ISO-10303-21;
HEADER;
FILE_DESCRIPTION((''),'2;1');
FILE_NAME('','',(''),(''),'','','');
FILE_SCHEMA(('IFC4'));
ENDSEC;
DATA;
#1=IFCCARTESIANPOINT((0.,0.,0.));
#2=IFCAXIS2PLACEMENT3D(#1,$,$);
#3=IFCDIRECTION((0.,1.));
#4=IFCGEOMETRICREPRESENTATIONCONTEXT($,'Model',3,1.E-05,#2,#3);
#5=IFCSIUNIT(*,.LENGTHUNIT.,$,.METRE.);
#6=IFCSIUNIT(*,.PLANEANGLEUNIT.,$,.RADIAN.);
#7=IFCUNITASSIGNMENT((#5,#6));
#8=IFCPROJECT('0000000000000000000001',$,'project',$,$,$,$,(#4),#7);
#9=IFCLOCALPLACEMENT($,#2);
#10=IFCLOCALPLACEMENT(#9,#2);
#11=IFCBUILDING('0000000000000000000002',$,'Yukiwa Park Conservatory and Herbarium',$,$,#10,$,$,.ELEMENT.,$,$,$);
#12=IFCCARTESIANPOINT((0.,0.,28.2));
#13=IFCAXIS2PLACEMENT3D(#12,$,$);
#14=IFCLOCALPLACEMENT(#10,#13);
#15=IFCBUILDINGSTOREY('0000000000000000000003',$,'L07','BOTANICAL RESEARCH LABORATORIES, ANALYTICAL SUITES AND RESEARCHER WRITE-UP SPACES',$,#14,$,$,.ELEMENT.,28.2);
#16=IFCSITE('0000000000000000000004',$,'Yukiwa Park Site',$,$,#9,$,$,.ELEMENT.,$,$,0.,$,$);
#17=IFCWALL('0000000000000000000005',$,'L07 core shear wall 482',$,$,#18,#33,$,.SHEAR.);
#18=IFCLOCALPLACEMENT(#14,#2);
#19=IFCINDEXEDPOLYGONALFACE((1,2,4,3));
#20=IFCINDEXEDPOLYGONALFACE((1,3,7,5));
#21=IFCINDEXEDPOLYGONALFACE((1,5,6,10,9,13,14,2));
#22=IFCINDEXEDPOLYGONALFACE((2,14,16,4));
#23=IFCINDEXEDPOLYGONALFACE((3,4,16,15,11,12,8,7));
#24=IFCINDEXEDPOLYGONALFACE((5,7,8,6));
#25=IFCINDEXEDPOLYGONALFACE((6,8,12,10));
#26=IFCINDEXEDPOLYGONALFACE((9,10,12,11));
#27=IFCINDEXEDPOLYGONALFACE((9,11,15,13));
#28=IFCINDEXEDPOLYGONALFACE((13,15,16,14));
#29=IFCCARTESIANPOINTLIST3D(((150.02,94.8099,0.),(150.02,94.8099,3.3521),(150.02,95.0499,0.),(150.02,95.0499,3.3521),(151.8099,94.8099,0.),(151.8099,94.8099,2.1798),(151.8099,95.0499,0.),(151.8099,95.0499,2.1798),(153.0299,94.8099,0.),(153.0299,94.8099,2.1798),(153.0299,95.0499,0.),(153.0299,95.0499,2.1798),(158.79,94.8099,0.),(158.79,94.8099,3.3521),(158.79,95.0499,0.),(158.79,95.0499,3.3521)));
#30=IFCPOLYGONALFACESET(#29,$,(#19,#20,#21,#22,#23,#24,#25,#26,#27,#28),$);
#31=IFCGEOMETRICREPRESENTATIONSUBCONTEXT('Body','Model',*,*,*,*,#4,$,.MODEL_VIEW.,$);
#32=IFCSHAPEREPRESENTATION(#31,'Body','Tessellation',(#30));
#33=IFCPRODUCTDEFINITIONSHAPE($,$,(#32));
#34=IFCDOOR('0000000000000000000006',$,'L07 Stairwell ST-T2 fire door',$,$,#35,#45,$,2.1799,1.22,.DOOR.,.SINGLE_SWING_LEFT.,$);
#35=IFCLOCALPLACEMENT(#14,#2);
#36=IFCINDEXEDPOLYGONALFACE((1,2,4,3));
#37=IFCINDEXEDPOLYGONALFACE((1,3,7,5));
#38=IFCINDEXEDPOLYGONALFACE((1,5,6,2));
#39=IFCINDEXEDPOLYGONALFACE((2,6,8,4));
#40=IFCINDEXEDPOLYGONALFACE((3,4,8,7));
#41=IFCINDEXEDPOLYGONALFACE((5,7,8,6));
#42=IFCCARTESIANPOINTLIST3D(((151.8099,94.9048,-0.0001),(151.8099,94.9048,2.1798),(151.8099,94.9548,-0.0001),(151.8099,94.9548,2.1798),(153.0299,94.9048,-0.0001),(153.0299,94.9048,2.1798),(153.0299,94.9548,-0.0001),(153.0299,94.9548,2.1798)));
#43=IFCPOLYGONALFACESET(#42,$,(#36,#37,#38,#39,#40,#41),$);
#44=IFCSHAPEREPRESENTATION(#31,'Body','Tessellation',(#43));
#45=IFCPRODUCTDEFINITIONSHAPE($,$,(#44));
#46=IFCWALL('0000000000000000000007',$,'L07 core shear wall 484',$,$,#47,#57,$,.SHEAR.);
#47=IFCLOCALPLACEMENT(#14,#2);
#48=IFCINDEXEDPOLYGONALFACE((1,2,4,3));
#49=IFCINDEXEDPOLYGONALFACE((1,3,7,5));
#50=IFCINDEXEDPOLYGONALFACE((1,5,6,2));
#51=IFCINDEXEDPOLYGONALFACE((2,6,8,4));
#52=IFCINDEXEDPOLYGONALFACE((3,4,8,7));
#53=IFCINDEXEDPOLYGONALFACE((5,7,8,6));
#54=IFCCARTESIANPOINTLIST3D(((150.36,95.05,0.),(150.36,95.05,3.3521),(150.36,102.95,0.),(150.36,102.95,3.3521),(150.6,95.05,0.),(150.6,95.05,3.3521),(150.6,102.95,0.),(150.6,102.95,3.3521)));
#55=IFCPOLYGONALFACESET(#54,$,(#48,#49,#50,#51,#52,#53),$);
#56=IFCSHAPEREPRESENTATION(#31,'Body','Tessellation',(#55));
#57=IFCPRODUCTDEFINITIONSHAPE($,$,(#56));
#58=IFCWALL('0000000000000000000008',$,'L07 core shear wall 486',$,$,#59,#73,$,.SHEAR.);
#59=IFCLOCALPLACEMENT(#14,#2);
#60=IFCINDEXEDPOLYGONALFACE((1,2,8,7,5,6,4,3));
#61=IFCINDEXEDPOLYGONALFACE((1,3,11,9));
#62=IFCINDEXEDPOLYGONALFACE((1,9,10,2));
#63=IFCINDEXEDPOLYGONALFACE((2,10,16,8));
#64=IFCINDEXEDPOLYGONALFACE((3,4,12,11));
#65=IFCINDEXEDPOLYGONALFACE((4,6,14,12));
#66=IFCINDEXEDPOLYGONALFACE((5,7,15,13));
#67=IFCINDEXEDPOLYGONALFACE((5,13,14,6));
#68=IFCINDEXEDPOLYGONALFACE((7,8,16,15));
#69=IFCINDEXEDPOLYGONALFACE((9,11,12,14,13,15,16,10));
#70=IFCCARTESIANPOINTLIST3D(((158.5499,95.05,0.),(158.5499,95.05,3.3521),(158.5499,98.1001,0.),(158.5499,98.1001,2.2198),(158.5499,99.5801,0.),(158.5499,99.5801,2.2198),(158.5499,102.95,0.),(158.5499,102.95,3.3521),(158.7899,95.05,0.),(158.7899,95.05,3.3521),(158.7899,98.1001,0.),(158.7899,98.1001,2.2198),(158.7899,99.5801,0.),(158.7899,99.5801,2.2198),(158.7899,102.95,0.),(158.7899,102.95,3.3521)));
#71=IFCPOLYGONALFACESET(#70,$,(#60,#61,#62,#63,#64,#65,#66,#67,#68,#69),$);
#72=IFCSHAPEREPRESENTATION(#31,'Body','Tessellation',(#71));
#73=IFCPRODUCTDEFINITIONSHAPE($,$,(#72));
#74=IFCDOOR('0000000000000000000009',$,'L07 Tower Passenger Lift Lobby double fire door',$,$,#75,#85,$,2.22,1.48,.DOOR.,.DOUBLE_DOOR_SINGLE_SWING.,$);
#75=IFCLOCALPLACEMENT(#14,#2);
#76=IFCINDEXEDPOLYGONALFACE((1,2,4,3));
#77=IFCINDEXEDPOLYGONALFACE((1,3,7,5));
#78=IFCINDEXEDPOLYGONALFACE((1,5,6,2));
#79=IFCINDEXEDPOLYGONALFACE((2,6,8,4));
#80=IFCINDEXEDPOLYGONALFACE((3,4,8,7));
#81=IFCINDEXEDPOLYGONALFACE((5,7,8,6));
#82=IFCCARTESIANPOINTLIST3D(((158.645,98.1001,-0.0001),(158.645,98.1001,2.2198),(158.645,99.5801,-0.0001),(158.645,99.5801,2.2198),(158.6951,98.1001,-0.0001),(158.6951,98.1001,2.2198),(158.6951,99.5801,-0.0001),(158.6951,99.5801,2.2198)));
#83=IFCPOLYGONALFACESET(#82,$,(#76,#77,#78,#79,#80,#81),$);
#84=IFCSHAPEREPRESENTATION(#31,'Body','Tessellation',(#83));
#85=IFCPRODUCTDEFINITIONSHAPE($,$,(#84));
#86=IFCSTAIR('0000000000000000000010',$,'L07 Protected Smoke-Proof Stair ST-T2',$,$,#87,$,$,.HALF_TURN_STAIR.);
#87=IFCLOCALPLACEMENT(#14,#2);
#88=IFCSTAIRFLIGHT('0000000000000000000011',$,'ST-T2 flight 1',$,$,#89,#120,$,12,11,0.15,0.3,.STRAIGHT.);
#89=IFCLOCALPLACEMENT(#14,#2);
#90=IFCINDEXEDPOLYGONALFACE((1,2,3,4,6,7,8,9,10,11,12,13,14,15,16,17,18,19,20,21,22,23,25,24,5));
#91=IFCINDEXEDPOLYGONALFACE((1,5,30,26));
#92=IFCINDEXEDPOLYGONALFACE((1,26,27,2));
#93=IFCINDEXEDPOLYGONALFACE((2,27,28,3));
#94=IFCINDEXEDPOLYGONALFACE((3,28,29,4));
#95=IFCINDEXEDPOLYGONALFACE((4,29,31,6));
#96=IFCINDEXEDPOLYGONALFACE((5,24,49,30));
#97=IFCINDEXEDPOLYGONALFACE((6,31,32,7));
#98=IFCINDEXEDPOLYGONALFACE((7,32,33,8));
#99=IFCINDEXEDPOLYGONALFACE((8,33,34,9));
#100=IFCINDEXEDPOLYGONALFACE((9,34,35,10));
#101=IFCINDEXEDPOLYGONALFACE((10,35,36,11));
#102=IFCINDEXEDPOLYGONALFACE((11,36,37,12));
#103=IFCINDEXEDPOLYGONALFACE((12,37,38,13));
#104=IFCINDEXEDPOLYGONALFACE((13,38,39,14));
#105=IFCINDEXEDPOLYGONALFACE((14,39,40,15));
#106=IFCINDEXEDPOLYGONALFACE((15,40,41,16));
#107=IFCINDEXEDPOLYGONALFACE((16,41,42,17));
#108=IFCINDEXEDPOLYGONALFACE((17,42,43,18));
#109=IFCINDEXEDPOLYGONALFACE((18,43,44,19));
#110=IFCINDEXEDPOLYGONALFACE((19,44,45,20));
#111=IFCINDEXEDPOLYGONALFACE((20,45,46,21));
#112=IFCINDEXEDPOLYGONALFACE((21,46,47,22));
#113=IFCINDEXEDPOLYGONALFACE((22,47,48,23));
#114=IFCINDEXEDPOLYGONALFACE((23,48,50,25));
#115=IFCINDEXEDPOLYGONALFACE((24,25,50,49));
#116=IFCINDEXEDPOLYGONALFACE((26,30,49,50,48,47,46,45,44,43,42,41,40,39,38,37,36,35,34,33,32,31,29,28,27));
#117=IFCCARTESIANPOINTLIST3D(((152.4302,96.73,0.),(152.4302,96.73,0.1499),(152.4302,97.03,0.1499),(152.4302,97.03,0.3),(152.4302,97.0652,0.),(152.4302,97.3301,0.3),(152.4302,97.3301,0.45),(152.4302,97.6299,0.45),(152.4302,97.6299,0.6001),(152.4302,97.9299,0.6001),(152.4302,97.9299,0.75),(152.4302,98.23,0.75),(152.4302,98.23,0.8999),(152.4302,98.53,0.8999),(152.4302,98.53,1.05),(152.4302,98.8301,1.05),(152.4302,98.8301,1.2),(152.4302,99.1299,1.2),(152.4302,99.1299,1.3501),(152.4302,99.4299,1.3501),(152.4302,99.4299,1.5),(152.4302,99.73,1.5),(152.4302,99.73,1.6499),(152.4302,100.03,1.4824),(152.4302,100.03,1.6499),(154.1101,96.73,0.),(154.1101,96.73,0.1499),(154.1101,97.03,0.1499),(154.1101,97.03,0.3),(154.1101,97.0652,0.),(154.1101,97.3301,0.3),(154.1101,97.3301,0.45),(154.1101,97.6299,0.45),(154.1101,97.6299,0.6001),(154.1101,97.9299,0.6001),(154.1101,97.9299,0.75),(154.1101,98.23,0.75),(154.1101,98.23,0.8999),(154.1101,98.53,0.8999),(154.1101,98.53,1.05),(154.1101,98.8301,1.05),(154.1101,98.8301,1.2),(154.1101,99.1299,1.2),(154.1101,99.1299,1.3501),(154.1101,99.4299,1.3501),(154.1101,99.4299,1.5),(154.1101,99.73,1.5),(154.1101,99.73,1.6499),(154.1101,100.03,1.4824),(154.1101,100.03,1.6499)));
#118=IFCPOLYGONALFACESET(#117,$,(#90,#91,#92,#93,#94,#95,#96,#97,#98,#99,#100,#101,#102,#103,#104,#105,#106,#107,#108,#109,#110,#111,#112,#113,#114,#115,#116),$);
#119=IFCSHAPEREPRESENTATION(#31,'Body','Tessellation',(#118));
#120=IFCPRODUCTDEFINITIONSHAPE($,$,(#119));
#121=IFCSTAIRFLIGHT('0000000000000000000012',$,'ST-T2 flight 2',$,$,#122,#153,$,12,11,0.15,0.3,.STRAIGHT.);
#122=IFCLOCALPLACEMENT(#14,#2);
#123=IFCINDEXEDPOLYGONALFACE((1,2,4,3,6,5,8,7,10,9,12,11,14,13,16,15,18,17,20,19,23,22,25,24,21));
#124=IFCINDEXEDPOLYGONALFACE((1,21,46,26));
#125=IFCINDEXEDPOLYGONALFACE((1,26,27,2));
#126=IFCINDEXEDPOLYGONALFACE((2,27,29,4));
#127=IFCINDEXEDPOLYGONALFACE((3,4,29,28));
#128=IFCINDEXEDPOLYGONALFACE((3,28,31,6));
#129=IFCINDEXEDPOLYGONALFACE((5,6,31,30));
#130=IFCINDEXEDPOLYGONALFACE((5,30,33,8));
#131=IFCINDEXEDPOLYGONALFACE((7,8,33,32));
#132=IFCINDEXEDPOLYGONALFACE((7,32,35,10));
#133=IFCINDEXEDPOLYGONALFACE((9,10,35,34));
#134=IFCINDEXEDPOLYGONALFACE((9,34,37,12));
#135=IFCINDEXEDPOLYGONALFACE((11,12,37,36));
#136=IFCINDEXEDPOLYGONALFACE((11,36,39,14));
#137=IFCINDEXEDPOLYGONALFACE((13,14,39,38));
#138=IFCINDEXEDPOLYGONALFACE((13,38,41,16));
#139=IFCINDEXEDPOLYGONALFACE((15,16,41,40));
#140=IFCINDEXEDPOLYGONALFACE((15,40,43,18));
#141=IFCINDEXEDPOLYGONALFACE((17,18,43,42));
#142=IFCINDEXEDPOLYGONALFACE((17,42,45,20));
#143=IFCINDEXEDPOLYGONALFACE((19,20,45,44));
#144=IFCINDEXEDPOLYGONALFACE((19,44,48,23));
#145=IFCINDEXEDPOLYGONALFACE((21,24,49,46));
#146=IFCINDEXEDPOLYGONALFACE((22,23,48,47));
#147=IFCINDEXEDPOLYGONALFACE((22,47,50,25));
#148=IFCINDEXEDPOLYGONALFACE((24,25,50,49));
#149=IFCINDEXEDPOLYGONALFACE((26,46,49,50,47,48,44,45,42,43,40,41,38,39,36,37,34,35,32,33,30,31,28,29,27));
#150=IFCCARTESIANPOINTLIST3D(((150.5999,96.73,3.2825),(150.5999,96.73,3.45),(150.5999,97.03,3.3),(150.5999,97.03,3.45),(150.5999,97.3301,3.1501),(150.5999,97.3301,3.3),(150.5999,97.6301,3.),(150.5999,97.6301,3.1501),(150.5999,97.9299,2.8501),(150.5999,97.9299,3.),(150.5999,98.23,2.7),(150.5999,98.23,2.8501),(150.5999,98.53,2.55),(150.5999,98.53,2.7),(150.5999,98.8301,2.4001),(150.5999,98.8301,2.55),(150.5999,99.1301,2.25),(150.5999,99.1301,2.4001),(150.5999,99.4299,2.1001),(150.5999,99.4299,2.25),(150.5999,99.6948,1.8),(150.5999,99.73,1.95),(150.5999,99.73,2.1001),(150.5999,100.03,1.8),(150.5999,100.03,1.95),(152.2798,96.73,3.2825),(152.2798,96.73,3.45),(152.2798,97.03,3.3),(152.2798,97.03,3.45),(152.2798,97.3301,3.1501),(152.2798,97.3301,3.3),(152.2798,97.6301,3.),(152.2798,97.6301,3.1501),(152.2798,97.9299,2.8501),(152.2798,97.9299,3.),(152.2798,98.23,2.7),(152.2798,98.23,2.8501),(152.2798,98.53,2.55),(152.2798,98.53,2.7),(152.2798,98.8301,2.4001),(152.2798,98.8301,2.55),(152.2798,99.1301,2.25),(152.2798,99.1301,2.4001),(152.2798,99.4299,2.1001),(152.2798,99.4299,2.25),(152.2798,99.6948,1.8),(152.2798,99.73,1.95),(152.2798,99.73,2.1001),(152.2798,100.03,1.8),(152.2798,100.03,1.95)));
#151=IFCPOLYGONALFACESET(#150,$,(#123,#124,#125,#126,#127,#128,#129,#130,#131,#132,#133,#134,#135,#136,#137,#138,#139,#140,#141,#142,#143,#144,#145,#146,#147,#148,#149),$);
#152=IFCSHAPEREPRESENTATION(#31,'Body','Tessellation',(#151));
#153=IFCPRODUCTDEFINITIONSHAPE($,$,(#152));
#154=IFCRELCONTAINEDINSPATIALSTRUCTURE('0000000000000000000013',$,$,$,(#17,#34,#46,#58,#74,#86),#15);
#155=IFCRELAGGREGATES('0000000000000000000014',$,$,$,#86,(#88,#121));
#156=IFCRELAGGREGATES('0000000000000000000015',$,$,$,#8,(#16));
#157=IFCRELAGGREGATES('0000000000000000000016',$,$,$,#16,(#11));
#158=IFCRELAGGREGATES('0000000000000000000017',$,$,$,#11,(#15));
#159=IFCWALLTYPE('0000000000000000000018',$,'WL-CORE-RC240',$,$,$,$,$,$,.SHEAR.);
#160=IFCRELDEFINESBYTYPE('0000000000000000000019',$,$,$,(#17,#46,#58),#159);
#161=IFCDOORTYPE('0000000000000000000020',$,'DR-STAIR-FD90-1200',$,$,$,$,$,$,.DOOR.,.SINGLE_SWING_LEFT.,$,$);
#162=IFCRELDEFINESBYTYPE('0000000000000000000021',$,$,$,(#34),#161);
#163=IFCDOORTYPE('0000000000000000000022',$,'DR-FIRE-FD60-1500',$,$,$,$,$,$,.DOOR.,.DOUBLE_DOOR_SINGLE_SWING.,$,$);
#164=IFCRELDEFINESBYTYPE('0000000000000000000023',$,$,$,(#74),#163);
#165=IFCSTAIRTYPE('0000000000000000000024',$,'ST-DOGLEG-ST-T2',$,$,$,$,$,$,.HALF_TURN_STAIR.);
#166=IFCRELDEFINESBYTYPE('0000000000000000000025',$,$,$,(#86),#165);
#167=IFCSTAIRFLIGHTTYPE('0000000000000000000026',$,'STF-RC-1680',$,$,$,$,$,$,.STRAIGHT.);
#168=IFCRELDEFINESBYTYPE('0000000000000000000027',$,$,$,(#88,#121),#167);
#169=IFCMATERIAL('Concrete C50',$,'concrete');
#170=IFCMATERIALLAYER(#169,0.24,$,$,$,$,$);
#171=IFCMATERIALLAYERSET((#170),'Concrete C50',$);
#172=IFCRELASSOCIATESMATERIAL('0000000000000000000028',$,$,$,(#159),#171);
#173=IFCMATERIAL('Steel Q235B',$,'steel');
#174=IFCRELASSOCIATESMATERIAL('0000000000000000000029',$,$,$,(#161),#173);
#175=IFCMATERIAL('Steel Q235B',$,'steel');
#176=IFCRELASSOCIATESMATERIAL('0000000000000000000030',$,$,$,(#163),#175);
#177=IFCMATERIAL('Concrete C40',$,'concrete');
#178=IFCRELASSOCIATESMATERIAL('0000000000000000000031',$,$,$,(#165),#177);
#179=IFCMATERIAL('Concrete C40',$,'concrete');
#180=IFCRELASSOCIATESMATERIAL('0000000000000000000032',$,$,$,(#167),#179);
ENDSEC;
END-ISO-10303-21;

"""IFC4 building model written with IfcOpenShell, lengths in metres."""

from ifc_helpers import new_model, si_unit, direction, frame, frame_2d, origin, place, context, subcontext, project, spatial, polyline, rectangle, outline, extrude, material, layer, layer_set, type_object, element, fill, aggregate, save


model = new_model("IFC4")

# Units and contexts
model_context = context("Model", 3, precision=1e-05, world=origin(), true_north=direction((0.0, 1.0)))
body_context = subcontext(model_context, "Body", "Model", "MODEL_VIEW")
ifc_project = project(units=[si_unit("LENGTHUNIT", "METRE"), si_unit("PLANEANGLEUNIT", "RADIAN")], contexts=[model_context])

# Site, building, storey
site_placement = place(None, origin())
site = spatial("IfcSite", under=ifc_project, at=site_placement, Name="Yukiwa Park Site", CompositionType="ELEMENT", RefElevation=0.0)
building_placement = place(site_placement, origin())
building = spatial("IfcBuilding", under=site, at=building_placement, Name="Yukiwa Park Conservatory and Herbarium", CompositionType="ELEMENT")
storey_placement = place(building_placement, frame((0.0, 0.0, 28.2)))
storey = spatial("IfcBuildingStorey", under=building, at=storey_placement, Name="L07", Description="BOTANICAL RESEARCH LABORATORIES, ANALYTICAL SUITES AND RESEARCHER WRITE-UP SPACES", CompositionType="ELEMENT", Elevation=28.2)

# Wall, opening, door
ifc_material_1 = material(Name="Concrete C50", Category="concrete")
ifc_layer_1 = layer(ifc_material_1, 0.24)
ifc_layer_set_1 = layer_set([ifc_layer_1], Name="Concrete C50")
wall_type_1 = type_object("IfcWallType", Name="WL-CORE-RC240", PredefinedType="SHEAR", material=ifc_layer_set_1)
wall_1_placement = place(storey_placement, frame((150.02, 94.9299, 0.0), z_axis=(0.0, 0.0, 1.0), x_axis=(1.0, 0.0, 0.0)))
wall_1 = element("IfcWall", 1, at=wall_1_placement, inside=storey, type_object=wall_type_1, Name="L07 core shear wall 482", PredefinedType="SHEAR", context=body_context, shape_type="SweptSolid", body=[
    extrude(rectangle(XDim=8.77, YDim=0.24, at=frame_2d((4.385, 0.0))), origin(), (0.0, 0.0, 1.0), 3.3521),
])
opening_1_placement = place(wall_1_placement, frame((1.79, 0.0, 0.0)))
opening_1 = element("IfcOpeningElement", 2, at=opening_1_placement, cuts=wall_1, PredefinedType="OPENING", context=body_context, shape_type="SweptSolid", body=[
    extrude(rectangle(XDim=1.22, YDim=2.1799, at=frame_2d((0.6099, 1.0898))), frame((0.0, 0.1299, 0.0), z_axis=(0.0, -1.0, 0.0), x_axis=(1.0, 0.0, 0.0)), (0.0, 0.0, 1.0), 0.26),
])
ifc_material_2 = material(Name="Steel Q235B", Category="steel")
door_type_1 = type_object("IfcDoorType", Name="DR-STAIR-FD90-1200", OperationType="SINGLE_SWING_LEFT", PredefinedType="DOOR", material=ifc_material_2)
door_1_placement = place(opening_1_placement, origin())
door_1 = element("IfcDoor", 3, at=door_1_placement, inside=storey, type_object=door_type_1, Name="L07 Stairwell ST-T2 fire door", OperationType="SINGLE_SWING_LEFT", OverallHeight=2.1799, OverallWidth=1.22, PredefinedType="DOOR", context=body_context, shape_type="SweptSolid", body=[
    extrude(rectangle(XDim=1.22, YDim=2.1799, at=frame_2d((0.6099, 1.0898))), frame((0.0, 0.0249, 0.0), z_axis=(0.0, -1.0, 0.0), x_axis=(1.0, 0.0, 0.0)), (0.0, 0.0, 1.0), 0.05),
])
fill(opening_1, door_1)

# Wall
wall_2_placement = place(storey_placement, frame((150.48, 95.05, 0.0), z_axis=(0.0, 0.0, 1.0), x_axis=(0.0, 1.0, 0.0)))
element("IfcWall", 4, at=wall_2_placement, inside=storey, type_object=wall_type_1, Name="L07 core shear wall 484", PredefinedType="SHEAR", context=body_context, shape_type="SweptSolid", body=[
    extrude(rectangle(XDim=7.8999, YDim=0.24, at=frame_2d((3.95, 0.0))), origin(), (0.0, 0.0, 1.0), 3.3521),
])

# Wall, opening, door
wall_3_placement = place(storey_placement, frame((158.6699, 95.05, 0.0), z_axis=(0.0, 0.0, 1.0), x_axis=(0.0, 1.0, 0.0)))
wall_3 = element("IfcWall", 5, at=wall_3_placement, inside=storey, type_object=wall_type_1, Name="L07 core shear wall 486", PredefinedType="SHEAR", context=body_context, shape_type="SweptSolid", body=[
    extrude(rectangle(XDim=7.8999, YDim=0.24, at=frame_2d((3.95, 0.0))), origin(), (0.0, 0.0, 1.0), 3.3521),
])
opening_2_placement = place(wall_3_placement, frame((3.05, 0.0, 0.0)))
opening_2 = element("IfcOpeningElement", 6, at=opening_2_placement, cuts=wall_3, PredefinedType="OPENING", context=body_context, shape_type="SweptSolid", body=[
    extrude(rectangle(XDim=1.48, YDim=2.22, at=frame_2d((0.74, 1.1099))), frame((0.0, 0.1299, 0.0), z_axis=(0.0, -1.0, 0.0), x_axis=(1.0, 0.0, 0.0)), (0.0, 0.0, 1.0), 0.26),
])
ifc_material_3 = material(Name="Steel Q235B", Category="steel")
door_type_2 = type_object("IfcDoorType", Name="DR-FIRE-FD60-1500", OperationType="DOUBLE_DOOR_SINGLE_SWING", PredefinedType="DOOR", material=ifc_material_3)
door_2_placement = place(opening_2_placement, origin())
door_2 = element("IfcDoor", 7, at=door_2_placement, inside=storey, type_object=door_type_2, Name="L07 Tower Passenger Lift Lobby double fire door", OperationType="DOUBLE_DOOR_SINGLE_SWING", OverallHeight=2.22, OverallWidth=1.48, PredefinedType="DOOR", context=body_context, shape_type="SweptSolid", body=[
    extrude(rectangle(XDim=1.48, YDim=2.22, at=frame_2d((0.74, 1.1099))), frame((0.0, 0.0249, 0.0), z_axis=(0.0, -1.0, 0.0), x_axis=(1.0, 0.0, 0.0)), (0.0, 0.0, 1.0), 0.05),
])
fill(opening_2, door_2)

# Stair, stair flights
ifc_material_4 = material(Name="Concrete C40", Category="concrete")
stair_type = type_object("IfcStairType", Name="ST-DOGLEG-ST-T2", PredefinedType="HALF_TURN_STAIR", material=ifc_material_4)
stair_placement = place(storey_placement, origin())
stair = element("IfcStair", 8, at=stair_placement, inside=storey, type_object=stair_type, Name="L07 Protected Smoke-Proof Stair ST-T2", PredefinedType="HALF_TURN_STAIR")
ifc_material_5 = material(Name="Concrete C40", Category="concrete")
stair_flight_type = type_object("IfcStairFlightType", Name="STF-RC-1680", PredefinedType="STRAIGHT", material=ifc_material_5)
stair_flight_1_placement = place(storey_placement, frame((153.27, 96.73, 0.0), z_axis=(0.0, 0.0, 1.0), x_axis=(0.0, 1.0, 0.0)))
stair_flight_1 = element("IfcStairFlight", 9, at=stair_flight_1_placement, type_object=stair_flight_type, Name="ST-T2 flight 1", NumberOfRisers=12, NumberOfTreads=11, PredefinedType="STRAIGHT", RiserHeight=0.15, TreadLength=0.3, context=body_context, shape_type="SweptSolid", body=[
    extrude(outline(polyline([(0.0, 0.0), (0.0, 0.1499), (0.3, 0.1499), (0.3, 0.3), (0.6001, 0.3), (0.6001, 0.45), (0.8999, 0.45), (0.8999, 0.6001), (1.2, 0.6001), (1.2, 0.75), (1.5, 0.75), (1.5, 0.8999), (1.8, 0.8999), (1.8, 1.05), (2.1001, 1.05), (2.1001, 1.2), (2.3999, 1.2), (2.3999, 1.3501), (2.7, 1.3501), (2.7, 1.5), (3.0, 1.5), (3.0, 1.6499), (3.3, 1.6499), (3.3, 1.8), (3.3, 1.4824), (0.3352, 0.0), (0.0, 0.0)])), frame((0.0, 0.8398, 0.0), z_axis=(0.0, -1.0, 0.0), x_axis=(1.0, 0.0, 0.0)), (0.0, 0.0, 1.0), 1.6799),
])
stair_flight_2_placement = place(storey_placement, frame((151.4399, 100.03, 1.8), z_axis=(0.0, 0.0, 1.0), x_axis=(0.0, -1.0, 0.0)))
stair_flight_2 = element("IfcStairFlight", 10, at=stair_flight_2_placement, type_object=stair_flight_type, Name="ST-T2 flight 2", NumberOfRisers=12, NumberOfTreads=11, PredefinedType="STRAIGHT", RiserHeight=0.15, TreadLength=0.3, context=body_context, shape_type="SweptSolid", body=[
    extrude(outline(polyline([(0.0, 0.0), (0.0, 0.1499), (0.3, 0.1499), (0.3, 0.3), (0.6001, 0.3), (0.6001, 0.45), (0.8999, 0.45), (0.8999, 0.6001), (1.2, 0.6001), (1.2, 0.75), (1.5, 0.75), (1.5, 0.8999), (1.8, 0.8999), (1.8, 1.05), (2.1001, 1.05), (2.1001, 1.2), (2.3999, 1.2), (2.3999, 1.3501), (2.7, 1.3501), (2.7, 1.5), (3.0, 1.5), (3.0, 1.6499), (3.3, 1.6499), (3.3, 1.8), (3.3, 1.4824), (0.3352, 0.0), (0.0, 0.0)])), frame((0.0, 0.8398, 0.0), z_axis=(0.0, -1.0, 0.0), x_axis=(1.0, 0.0, 0.0)), (0.0, 0.0, 1.0), 1.6799),
])
aggregate(stair, [stair_flight_1, stair_flight_2])

save(model, "model.ifc")
